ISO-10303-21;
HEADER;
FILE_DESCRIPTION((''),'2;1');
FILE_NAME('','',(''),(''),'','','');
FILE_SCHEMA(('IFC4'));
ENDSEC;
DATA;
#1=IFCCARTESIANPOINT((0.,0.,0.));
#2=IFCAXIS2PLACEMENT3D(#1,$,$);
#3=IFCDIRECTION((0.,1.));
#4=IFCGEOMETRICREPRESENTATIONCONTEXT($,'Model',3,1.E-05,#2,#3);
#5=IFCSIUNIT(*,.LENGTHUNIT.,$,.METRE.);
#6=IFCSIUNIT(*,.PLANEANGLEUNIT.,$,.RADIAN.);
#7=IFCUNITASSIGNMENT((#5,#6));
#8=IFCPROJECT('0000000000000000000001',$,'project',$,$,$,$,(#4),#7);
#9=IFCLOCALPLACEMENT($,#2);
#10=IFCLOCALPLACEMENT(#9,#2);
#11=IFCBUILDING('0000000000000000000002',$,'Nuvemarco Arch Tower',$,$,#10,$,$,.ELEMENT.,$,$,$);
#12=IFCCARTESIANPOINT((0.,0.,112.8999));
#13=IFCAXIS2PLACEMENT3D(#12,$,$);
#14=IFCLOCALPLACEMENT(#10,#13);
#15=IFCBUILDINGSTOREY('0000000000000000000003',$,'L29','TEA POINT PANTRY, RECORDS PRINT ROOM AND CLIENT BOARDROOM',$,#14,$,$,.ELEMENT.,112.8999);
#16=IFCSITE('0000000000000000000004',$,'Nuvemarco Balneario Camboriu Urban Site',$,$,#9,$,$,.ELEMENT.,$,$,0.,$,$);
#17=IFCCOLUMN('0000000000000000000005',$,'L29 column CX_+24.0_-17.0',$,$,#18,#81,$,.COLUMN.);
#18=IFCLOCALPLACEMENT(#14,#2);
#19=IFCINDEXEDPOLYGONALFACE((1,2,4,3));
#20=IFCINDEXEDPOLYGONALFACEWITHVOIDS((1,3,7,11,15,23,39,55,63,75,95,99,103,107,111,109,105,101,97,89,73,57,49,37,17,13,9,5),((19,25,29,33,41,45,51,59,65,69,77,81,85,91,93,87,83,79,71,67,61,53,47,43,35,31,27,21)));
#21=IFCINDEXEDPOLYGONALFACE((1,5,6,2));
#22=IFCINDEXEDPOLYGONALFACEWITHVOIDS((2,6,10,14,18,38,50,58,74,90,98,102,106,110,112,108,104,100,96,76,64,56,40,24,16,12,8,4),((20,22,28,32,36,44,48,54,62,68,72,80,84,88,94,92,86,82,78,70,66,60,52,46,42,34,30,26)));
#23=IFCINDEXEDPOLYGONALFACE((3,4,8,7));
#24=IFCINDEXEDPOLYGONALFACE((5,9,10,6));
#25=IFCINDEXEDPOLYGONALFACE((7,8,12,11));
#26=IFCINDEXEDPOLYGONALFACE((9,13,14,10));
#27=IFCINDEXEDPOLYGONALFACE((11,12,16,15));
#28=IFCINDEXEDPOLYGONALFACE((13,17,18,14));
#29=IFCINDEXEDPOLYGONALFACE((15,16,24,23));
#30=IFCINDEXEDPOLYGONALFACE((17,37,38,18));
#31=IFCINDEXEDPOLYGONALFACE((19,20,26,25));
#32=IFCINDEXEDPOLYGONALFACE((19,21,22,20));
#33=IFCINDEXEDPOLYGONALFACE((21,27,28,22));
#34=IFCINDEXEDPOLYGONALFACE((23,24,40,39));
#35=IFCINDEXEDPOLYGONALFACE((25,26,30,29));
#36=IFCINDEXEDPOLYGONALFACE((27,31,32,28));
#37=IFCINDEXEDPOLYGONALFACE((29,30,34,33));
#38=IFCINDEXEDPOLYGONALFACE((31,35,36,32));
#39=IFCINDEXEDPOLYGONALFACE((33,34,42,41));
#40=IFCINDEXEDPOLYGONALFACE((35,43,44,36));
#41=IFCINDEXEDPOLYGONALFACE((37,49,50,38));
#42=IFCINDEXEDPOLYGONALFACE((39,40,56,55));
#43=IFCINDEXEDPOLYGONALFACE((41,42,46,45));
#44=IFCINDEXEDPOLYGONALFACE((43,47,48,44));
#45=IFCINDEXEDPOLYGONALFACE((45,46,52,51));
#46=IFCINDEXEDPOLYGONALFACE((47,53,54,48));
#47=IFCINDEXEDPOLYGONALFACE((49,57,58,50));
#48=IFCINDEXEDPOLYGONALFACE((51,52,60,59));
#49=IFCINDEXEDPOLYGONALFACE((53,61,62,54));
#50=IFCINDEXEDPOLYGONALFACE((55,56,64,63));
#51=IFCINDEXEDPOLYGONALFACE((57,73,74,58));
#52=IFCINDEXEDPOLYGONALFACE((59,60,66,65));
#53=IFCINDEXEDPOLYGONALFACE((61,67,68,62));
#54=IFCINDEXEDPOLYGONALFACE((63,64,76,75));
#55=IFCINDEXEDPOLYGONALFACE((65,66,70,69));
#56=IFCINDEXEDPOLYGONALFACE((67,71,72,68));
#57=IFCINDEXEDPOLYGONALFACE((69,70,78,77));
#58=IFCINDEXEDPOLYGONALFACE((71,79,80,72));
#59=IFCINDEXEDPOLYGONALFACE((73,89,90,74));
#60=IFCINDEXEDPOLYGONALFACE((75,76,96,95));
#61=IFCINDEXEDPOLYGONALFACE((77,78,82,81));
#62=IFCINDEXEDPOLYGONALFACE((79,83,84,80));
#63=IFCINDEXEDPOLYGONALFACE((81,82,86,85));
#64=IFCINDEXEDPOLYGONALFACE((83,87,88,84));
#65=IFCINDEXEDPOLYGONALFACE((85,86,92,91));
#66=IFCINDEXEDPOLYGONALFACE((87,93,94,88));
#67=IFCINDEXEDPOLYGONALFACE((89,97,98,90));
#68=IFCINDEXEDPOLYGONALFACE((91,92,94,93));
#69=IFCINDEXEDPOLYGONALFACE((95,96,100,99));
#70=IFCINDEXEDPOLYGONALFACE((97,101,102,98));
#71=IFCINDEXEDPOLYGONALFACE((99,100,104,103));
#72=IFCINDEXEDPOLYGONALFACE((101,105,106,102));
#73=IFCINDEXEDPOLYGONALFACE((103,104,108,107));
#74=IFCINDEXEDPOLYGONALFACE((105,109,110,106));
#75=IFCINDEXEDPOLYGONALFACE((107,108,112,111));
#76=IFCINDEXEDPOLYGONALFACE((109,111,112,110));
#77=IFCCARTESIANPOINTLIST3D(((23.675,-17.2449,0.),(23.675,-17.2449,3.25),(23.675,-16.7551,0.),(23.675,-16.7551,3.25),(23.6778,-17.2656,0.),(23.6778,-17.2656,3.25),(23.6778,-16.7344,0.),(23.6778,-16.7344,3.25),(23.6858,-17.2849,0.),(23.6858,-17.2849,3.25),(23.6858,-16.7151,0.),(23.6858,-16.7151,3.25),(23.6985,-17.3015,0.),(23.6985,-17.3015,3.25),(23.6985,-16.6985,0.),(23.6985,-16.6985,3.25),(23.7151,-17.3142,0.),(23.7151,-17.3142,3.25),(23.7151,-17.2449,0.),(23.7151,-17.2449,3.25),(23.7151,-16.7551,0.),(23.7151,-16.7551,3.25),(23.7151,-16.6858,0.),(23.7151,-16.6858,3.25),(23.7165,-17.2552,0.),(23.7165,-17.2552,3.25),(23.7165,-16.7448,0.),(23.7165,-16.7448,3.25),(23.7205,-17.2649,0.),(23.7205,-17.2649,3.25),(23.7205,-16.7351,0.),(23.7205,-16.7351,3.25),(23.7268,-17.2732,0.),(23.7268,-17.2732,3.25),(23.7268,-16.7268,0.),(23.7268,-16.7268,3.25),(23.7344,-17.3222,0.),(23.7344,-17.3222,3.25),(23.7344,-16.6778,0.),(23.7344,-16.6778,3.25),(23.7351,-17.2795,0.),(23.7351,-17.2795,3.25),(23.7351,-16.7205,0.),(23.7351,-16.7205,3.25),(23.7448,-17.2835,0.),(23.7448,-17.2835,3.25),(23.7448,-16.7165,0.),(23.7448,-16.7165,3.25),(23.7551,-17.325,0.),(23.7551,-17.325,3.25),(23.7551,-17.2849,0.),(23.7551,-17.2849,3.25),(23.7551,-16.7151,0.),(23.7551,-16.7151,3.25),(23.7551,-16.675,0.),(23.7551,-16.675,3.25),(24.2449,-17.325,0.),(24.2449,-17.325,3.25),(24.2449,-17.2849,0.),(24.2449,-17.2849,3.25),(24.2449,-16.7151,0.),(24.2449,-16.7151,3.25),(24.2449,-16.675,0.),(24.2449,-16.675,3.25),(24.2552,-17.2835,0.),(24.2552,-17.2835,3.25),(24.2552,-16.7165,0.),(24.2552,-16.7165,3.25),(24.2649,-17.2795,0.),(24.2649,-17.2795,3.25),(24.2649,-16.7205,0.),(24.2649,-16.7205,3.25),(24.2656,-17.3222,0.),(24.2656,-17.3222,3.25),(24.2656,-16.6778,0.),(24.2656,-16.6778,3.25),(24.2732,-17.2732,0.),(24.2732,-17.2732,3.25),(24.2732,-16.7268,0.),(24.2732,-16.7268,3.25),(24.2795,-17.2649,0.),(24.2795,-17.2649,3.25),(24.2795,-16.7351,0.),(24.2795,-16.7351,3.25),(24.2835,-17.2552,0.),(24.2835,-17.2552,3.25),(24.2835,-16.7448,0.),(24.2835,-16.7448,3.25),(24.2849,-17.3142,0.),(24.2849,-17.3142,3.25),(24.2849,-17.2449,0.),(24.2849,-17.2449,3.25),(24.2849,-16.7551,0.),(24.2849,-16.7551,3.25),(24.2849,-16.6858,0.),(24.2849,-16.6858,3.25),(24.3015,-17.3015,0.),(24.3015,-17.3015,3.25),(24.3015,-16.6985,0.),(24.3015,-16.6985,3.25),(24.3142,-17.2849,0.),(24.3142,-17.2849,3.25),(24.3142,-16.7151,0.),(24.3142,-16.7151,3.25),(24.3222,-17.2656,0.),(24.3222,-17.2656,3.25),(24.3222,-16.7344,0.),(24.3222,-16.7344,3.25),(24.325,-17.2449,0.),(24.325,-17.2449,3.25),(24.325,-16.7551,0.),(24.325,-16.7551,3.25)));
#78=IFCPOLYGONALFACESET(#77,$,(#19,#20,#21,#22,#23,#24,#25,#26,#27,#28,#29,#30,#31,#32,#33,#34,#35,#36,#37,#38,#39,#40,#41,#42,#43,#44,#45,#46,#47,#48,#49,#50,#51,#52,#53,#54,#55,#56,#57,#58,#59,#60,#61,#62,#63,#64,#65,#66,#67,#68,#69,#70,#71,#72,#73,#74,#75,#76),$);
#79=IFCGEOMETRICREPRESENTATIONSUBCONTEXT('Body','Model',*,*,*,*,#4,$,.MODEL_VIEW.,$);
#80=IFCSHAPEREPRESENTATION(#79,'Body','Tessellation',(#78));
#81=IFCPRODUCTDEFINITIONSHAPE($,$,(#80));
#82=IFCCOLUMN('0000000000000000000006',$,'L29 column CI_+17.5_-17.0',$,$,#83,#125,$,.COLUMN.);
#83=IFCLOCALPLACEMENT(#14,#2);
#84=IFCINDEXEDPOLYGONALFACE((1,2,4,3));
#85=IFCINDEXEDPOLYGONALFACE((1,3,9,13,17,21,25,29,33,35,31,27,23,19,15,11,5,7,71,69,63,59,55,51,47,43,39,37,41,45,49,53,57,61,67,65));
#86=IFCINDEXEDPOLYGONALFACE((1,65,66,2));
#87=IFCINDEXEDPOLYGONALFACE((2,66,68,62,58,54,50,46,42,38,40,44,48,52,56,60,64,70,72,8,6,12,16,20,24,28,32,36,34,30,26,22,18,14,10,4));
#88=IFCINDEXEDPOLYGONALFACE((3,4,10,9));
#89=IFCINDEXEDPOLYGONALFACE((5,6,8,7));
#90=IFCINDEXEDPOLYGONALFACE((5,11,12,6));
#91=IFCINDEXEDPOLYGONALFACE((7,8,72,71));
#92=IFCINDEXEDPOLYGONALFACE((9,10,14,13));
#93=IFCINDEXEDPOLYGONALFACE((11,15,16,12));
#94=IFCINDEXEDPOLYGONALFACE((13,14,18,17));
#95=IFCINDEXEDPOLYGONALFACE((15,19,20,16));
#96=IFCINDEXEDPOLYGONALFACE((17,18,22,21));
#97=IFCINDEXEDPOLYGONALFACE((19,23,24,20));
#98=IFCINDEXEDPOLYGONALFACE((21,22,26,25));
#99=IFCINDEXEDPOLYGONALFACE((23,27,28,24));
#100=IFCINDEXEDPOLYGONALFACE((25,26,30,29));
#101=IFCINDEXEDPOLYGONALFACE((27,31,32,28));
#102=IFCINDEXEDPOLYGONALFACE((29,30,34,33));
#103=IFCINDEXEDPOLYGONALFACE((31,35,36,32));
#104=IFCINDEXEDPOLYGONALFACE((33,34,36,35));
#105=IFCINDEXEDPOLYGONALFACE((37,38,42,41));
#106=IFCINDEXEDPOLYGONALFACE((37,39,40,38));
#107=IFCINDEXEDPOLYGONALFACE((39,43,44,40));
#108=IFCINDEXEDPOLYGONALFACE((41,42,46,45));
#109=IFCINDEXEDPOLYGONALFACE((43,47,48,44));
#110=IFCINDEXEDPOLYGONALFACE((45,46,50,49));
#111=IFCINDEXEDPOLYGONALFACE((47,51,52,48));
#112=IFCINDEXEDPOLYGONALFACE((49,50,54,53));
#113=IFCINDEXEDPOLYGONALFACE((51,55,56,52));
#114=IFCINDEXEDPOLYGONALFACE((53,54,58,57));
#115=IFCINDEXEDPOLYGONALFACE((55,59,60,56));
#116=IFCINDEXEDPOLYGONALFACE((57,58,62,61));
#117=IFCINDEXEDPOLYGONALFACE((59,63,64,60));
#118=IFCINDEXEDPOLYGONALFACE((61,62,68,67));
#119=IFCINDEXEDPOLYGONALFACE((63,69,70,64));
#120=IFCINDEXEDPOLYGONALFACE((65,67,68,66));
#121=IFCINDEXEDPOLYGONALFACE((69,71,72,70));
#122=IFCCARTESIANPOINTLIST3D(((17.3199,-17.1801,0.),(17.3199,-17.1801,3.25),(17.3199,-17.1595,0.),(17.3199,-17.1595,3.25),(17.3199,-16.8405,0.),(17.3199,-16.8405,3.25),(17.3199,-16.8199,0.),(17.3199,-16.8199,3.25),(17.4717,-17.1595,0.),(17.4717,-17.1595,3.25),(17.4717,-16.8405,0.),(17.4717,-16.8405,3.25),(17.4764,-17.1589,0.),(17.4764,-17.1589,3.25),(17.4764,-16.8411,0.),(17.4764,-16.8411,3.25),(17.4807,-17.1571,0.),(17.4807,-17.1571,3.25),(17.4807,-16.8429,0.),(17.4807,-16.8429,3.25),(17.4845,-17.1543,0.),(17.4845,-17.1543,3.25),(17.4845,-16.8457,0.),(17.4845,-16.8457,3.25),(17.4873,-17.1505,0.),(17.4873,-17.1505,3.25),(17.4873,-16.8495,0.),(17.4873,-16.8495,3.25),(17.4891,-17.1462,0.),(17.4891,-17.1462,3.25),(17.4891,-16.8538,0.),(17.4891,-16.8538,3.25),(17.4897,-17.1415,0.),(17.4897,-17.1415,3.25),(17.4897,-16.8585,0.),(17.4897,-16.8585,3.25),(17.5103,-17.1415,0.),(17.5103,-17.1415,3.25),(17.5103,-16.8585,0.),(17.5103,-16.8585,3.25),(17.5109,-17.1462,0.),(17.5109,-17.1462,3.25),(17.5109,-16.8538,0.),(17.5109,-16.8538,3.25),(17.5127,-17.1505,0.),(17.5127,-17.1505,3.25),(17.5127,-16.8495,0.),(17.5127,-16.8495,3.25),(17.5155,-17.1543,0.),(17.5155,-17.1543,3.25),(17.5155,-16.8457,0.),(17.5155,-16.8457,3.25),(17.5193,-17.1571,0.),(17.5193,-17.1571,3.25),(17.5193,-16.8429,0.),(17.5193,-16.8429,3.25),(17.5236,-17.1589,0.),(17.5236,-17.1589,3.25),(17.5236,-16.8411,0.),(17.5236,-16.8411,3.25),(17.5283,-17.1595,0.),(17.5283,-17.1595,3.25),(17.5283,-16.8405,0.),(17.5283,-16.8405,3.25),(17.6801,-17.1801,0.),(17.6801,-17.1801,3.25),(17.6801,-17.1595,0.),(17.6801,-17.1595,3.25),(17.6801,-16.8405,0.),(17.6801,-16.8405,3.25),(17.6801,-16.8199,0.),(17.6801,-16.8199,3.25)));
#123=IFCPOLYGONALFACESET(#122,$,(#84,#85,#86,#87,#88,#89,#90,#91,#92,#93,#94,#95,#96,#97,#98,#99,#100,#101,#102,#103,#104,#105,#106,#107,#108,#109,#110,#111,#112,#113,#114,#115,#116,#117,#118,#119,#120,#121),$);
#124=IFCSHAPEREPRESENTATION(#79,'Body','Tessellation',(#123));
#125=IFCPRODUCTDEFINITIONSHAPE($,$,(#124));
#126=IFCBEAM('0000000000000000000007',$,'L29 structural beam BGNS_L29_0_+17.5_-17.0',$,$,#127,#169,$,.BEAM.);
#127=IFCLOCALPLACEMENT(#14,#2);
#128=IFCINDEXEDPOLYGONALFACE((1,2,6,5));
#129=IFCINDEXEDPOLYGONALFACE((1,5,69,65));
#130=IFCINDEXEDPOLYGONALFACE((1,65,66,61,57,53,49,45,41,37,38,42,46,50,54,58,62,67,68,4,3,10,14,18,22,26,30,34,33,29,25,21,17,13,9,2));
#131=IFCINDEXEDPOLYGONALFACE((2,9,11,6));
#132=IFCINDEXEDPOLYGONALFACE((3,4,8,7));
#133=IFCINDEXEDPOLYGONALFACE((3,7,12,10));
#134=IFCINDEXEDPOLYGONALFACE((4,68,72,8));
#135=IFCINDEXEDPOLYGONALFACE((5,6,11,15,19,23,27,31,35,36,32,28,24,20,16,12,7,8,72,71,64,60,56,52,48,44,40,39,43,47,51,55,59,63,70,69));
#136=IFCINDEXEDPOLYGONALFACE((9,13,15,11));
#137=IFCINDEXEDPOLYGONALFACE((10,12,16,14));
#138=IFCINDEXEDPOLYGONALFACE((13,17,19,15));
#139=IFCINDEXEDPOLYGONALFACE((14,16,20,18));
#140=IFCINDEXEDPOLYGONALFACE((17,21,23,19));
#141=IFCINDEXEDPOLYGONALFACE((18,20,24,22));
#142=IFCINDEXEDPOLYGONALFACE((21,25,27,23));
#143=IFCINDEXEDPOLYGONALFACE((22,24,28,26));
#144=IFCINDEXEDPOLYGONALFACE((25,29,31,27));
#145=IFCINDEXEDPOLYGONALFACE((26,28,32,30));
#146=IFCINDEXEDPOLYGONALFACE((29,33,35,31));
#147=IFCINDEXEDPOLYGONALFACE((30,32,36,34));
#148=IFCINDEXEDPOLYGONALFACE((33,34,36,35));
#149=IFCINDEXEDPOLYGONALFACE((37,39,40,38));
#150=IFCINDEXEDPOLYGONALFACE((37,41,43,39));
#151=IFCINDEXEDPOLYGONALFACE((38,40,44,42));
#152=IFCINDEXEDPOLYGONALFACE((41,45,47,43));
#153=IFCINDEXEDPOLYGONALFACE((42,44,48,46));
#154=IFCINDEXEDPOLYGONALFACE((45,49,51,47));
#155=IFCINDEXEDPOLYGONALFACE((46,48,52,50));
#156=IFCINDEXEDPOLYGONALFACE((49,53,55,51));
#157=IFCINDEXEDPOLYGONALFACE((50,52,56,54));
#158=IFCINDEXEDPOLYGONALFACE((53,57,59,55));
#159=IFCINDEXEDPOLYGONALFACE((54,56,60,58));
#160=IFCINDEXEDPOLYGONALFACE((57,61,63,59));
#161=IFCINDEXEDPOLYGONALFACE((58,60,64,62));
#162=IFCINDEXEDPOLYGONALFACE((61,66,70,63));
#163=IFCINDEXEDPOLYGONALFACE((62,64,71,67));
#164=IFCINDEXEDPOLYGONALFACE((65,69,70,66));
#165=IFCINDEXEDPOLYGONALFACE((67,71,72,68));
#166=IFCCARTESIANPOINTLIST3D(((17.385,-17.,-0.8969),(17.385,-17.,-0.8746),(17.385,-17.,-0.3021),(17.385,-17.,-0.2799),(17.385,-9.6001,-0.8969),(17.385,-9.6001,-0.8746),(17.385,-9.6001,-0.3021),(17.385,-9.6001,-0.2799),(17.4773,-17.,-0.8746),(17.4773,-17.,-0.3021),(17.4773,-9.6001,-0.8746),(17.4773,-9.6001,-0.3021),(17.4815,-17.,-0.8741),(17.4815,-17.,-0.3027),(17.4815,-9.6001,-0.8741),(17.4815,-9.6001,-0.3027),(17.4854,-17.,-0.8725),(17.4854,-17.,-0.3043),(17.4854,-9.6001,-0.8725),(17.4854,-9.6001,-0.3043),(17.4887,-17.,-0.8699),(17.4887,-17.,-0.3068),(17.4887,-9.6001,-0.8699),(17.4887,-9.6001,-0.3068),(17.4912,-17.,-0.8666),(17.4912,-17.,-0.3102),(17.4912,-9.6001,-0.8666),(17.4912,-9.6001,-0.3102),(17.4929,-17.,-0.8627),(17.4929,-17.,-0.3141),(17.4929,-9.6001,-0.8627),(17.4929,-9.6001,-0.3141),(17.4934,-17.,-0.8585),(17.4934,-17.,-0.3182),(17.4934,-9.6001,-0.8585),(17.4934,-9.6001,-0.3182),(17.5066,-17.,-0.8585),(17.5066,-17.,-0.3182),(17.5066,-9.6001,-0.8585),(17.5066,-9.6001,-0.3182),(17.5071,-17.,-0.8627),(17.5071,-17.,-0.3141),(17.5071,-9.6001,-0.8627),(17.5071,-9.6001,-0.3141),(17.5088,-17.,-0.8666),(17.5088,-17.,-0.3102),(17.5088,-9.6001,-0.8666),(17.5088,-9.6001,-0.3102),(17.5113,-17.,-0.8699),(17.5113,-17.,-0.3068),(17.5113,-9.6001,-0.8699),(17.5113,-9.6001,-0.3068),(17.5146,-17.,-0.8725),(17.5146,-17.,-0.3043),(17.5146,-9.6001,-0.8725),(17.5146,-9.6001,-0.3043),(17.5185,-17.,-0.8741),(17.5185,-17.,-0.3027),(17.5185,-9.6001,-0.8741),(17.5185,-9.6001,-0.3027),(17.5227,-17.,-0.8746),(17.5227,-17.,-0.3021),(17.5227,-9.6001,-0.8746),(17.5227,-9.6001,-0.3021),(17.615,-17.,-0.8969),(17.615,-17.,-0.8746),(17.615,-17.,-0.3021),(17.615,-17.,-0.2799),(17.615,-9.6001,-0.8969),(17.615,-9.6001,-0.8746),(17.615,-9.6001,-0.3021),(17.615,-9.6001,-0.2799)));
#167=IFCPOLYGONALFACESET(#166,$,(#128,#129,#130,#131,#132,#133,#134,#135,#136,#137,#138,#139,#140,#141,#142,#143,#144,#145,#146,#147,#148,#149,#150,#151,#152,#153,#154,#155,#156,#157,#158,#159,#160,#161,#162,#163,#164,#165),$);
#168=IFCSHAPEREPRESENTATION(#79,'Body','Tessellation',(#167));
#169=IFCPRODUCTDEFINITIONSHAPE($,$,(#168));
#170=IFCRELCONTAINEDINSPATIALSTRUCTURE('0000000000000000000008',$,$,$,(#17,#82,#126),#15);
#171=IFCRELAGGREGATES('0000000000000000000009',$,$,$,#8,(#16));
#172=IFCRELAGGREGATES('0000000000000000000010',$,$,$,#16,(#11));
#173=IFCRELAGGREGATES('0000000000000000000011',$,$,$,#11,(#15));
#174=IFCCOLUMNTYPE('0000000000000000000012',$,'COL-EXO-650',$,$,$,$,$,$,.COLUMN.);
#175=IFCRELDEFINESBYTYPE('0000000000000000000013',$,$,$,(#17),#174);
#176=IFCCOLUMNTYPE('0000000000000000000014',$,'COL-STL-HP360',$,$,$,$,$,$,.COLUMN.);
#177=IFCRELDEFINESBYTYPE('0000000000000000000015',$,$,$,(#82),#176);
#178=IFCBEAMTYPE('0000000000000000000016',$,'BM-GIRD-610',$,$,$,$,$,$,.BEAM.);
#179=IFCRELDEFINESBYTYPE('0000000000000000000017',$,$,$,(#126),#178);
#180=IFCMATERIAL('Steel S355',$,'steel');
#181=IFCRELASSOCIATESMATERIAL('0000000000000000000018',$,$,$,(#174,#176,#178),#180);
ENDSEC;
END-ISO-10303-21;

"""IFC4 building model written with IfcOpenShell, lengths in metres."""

from ifc_helpers import new_model, si_unit, direction, frame, origin, origin_2d, place, context, subcontext, project, spatial, hollow_rectangle, i_section, extrude, material, material_profile, profile_set, type_object, element, save


model = new_model("IFC4")

# Units and contexts
model_context = context("Model", 3, precision=1e-05, world=origin(), true_north=direction((0.0, 1.0)))
body_context = subcontext(model_context, "Body", "Model", "MODEL_VIEW")
ifc_project = project(units=[si_unit("LENGTHUNIT", "METRE"), si_unit("PLANEANGLEUNIT", "RADIAN")], contexts=[model_context])

# Site, building, storey
site_placement = place(None, origin())
site = spatial("IfcSite", under=ifc_project, at=site_placement, Name="Nuvemarco Balneario Camboriu Urban Site", CompositionType="ELEMENT", RefElevation=0.0)
building_placement = place(site_placement, origin())
building = spatial("IfcBuilding", under=site, at=building_placement, Name="Nuvemarco Arch Tower", CompositionType="ELEMENT")
storey_placement = place(building_placement, frame((0.0, 0.0, 112.8999)))
storey = spatial("IfcBuildingStorey", under=building, at=storey_placement, Name="L29", Description="TEA POINT PANTRY, RECORDS PRINT ROOM AND CLIENT BOARDROOM", CompositionType="ELEMENT", Elevation=112.8999)

# Columns
ifc_material_1 = material(Name="Steel S355", Category="steel")
ifc_material_profile_1 = material_profile(ifc_material_1, hollow_rectangle(XDim=0.6499, YDim=0.6499, WallThickness=0.04, InnerFilletRadius=0.04, OuterFilletRadius=0.0801, at=origin_2d()), Name="SHS650x650x40")
ifc_profile_set_1 = profile_set([ifc_material_profile_1], Name="Steel S355")
column_type_1 = type_object("IfcColumnType", Name="COL-EXO-650", PredefinedType="COLUMN", material=ifc_profile_set_1)
column_1_placement = place(storey_placement, frame((24.0, -17.0, 0.0), z_axis=(0.0, 0.0, 1.0), x_axis=(1.0, 0.0, 0.0)))
element("IfcColumn", 1, at=column_1_placement, inside=storey, type_object=column_type_1, Name="L29 column CX_+24.0_-17.0", PredefinedType="COLUMN", context=body_context, shape_type="SweptSolid", body=[
    extrude(hollow_rectangle(XDim=0.6499, YDim=0.6499, WallThickness=0.04, InnerFilletRadius=0.04, OuterFilletRadius=0.0801, at=origin_2d()), origin(), (0.0, 0.0, 1.0), 3.25),
])
ifc_material_profile_2 = material_profile(ifc_material_1, i_section(OverallWidth=0.3601, OverallDepth=0.3601, WebThickness=0.0205, FlangeThickness=0.0205, FilletRadius=0.0181, at=origin_2d()), Name="HP360x174")
ifc_profile_set_2 = profile_set([ifc_material_profile_2], Name="Steel S355")
column_type_2 = type_object("IfcColumnType", Name="COL-STL-HP360", PredefinedType="COLUMN", material=ifc_profile_set_2)
column_2_placement = place(storey_placement, frame((17.5, -17.0, 0.0), z_axis=(0.0, 0.0, 1.0), x_axis=(1.0, 0.0, 0.0)))
element("IfcColumn", 2, at=column_2_placement, inside=storey, type_object=column_type_2, Name="L29 column CI_+17.5_-17.0", PredefinedType="COLUMN", context=body_context, shape_type="SweptSolid", body=[
    extrude(i_section(OverallWidth=0.3601, OverallDepth=0.3601, WebThickness=0.0205, FlangeThickness=0.0205, FilletRadius=0.0181, at=origin_2d()), origin(), (0.0, 0.0, 1.0), 3.25),
])

# Beam
ifc_material_profile_3 = material_profile(ifc_material_1, i_section(OverallWidth=0.23, OverallDepth=0.6169, WebThickness=0.0132, FlangeThickness=0.0222, FilletRadius=0.0161, at=origin_2d()), Name="W610x140")
ifc_profile_set_3 = profile_set([ifc_material_profile_3], Name="Steel S355")
beam_type_1 = type_object("IfcBeamType", Name="BM-GIRD-610", PredefinedType="BEAM", material=ifc_profile_set_3)
beam_1_placement = place(storey_placement, frame((17.5, -17.0, -0.5884), z_axis=(0.0, 1.0, 0.0), x_axis=(-1.0, 0.0, 0.0)))
element("IfcBeam", 3, at=beam_1_placement, inside=storey, type_object=beam_type_1, Name="L29 structural beam BGNS_L29_0_+17.5_-17.0", PredefinedType="BEAM", context=body_context, shape_type="SweptSolid", body=[
    extrude(i_section(OverallWidth=0.23, OverallDepth=0.6169, WebThickness=0.0132, FlangeThickness=0.0222, FilletRadius=0.0161, at=origin_2d()), origin(), (0.0, 0.0, 1.0), 7.3999),
])

save(model, "model.ifc")
